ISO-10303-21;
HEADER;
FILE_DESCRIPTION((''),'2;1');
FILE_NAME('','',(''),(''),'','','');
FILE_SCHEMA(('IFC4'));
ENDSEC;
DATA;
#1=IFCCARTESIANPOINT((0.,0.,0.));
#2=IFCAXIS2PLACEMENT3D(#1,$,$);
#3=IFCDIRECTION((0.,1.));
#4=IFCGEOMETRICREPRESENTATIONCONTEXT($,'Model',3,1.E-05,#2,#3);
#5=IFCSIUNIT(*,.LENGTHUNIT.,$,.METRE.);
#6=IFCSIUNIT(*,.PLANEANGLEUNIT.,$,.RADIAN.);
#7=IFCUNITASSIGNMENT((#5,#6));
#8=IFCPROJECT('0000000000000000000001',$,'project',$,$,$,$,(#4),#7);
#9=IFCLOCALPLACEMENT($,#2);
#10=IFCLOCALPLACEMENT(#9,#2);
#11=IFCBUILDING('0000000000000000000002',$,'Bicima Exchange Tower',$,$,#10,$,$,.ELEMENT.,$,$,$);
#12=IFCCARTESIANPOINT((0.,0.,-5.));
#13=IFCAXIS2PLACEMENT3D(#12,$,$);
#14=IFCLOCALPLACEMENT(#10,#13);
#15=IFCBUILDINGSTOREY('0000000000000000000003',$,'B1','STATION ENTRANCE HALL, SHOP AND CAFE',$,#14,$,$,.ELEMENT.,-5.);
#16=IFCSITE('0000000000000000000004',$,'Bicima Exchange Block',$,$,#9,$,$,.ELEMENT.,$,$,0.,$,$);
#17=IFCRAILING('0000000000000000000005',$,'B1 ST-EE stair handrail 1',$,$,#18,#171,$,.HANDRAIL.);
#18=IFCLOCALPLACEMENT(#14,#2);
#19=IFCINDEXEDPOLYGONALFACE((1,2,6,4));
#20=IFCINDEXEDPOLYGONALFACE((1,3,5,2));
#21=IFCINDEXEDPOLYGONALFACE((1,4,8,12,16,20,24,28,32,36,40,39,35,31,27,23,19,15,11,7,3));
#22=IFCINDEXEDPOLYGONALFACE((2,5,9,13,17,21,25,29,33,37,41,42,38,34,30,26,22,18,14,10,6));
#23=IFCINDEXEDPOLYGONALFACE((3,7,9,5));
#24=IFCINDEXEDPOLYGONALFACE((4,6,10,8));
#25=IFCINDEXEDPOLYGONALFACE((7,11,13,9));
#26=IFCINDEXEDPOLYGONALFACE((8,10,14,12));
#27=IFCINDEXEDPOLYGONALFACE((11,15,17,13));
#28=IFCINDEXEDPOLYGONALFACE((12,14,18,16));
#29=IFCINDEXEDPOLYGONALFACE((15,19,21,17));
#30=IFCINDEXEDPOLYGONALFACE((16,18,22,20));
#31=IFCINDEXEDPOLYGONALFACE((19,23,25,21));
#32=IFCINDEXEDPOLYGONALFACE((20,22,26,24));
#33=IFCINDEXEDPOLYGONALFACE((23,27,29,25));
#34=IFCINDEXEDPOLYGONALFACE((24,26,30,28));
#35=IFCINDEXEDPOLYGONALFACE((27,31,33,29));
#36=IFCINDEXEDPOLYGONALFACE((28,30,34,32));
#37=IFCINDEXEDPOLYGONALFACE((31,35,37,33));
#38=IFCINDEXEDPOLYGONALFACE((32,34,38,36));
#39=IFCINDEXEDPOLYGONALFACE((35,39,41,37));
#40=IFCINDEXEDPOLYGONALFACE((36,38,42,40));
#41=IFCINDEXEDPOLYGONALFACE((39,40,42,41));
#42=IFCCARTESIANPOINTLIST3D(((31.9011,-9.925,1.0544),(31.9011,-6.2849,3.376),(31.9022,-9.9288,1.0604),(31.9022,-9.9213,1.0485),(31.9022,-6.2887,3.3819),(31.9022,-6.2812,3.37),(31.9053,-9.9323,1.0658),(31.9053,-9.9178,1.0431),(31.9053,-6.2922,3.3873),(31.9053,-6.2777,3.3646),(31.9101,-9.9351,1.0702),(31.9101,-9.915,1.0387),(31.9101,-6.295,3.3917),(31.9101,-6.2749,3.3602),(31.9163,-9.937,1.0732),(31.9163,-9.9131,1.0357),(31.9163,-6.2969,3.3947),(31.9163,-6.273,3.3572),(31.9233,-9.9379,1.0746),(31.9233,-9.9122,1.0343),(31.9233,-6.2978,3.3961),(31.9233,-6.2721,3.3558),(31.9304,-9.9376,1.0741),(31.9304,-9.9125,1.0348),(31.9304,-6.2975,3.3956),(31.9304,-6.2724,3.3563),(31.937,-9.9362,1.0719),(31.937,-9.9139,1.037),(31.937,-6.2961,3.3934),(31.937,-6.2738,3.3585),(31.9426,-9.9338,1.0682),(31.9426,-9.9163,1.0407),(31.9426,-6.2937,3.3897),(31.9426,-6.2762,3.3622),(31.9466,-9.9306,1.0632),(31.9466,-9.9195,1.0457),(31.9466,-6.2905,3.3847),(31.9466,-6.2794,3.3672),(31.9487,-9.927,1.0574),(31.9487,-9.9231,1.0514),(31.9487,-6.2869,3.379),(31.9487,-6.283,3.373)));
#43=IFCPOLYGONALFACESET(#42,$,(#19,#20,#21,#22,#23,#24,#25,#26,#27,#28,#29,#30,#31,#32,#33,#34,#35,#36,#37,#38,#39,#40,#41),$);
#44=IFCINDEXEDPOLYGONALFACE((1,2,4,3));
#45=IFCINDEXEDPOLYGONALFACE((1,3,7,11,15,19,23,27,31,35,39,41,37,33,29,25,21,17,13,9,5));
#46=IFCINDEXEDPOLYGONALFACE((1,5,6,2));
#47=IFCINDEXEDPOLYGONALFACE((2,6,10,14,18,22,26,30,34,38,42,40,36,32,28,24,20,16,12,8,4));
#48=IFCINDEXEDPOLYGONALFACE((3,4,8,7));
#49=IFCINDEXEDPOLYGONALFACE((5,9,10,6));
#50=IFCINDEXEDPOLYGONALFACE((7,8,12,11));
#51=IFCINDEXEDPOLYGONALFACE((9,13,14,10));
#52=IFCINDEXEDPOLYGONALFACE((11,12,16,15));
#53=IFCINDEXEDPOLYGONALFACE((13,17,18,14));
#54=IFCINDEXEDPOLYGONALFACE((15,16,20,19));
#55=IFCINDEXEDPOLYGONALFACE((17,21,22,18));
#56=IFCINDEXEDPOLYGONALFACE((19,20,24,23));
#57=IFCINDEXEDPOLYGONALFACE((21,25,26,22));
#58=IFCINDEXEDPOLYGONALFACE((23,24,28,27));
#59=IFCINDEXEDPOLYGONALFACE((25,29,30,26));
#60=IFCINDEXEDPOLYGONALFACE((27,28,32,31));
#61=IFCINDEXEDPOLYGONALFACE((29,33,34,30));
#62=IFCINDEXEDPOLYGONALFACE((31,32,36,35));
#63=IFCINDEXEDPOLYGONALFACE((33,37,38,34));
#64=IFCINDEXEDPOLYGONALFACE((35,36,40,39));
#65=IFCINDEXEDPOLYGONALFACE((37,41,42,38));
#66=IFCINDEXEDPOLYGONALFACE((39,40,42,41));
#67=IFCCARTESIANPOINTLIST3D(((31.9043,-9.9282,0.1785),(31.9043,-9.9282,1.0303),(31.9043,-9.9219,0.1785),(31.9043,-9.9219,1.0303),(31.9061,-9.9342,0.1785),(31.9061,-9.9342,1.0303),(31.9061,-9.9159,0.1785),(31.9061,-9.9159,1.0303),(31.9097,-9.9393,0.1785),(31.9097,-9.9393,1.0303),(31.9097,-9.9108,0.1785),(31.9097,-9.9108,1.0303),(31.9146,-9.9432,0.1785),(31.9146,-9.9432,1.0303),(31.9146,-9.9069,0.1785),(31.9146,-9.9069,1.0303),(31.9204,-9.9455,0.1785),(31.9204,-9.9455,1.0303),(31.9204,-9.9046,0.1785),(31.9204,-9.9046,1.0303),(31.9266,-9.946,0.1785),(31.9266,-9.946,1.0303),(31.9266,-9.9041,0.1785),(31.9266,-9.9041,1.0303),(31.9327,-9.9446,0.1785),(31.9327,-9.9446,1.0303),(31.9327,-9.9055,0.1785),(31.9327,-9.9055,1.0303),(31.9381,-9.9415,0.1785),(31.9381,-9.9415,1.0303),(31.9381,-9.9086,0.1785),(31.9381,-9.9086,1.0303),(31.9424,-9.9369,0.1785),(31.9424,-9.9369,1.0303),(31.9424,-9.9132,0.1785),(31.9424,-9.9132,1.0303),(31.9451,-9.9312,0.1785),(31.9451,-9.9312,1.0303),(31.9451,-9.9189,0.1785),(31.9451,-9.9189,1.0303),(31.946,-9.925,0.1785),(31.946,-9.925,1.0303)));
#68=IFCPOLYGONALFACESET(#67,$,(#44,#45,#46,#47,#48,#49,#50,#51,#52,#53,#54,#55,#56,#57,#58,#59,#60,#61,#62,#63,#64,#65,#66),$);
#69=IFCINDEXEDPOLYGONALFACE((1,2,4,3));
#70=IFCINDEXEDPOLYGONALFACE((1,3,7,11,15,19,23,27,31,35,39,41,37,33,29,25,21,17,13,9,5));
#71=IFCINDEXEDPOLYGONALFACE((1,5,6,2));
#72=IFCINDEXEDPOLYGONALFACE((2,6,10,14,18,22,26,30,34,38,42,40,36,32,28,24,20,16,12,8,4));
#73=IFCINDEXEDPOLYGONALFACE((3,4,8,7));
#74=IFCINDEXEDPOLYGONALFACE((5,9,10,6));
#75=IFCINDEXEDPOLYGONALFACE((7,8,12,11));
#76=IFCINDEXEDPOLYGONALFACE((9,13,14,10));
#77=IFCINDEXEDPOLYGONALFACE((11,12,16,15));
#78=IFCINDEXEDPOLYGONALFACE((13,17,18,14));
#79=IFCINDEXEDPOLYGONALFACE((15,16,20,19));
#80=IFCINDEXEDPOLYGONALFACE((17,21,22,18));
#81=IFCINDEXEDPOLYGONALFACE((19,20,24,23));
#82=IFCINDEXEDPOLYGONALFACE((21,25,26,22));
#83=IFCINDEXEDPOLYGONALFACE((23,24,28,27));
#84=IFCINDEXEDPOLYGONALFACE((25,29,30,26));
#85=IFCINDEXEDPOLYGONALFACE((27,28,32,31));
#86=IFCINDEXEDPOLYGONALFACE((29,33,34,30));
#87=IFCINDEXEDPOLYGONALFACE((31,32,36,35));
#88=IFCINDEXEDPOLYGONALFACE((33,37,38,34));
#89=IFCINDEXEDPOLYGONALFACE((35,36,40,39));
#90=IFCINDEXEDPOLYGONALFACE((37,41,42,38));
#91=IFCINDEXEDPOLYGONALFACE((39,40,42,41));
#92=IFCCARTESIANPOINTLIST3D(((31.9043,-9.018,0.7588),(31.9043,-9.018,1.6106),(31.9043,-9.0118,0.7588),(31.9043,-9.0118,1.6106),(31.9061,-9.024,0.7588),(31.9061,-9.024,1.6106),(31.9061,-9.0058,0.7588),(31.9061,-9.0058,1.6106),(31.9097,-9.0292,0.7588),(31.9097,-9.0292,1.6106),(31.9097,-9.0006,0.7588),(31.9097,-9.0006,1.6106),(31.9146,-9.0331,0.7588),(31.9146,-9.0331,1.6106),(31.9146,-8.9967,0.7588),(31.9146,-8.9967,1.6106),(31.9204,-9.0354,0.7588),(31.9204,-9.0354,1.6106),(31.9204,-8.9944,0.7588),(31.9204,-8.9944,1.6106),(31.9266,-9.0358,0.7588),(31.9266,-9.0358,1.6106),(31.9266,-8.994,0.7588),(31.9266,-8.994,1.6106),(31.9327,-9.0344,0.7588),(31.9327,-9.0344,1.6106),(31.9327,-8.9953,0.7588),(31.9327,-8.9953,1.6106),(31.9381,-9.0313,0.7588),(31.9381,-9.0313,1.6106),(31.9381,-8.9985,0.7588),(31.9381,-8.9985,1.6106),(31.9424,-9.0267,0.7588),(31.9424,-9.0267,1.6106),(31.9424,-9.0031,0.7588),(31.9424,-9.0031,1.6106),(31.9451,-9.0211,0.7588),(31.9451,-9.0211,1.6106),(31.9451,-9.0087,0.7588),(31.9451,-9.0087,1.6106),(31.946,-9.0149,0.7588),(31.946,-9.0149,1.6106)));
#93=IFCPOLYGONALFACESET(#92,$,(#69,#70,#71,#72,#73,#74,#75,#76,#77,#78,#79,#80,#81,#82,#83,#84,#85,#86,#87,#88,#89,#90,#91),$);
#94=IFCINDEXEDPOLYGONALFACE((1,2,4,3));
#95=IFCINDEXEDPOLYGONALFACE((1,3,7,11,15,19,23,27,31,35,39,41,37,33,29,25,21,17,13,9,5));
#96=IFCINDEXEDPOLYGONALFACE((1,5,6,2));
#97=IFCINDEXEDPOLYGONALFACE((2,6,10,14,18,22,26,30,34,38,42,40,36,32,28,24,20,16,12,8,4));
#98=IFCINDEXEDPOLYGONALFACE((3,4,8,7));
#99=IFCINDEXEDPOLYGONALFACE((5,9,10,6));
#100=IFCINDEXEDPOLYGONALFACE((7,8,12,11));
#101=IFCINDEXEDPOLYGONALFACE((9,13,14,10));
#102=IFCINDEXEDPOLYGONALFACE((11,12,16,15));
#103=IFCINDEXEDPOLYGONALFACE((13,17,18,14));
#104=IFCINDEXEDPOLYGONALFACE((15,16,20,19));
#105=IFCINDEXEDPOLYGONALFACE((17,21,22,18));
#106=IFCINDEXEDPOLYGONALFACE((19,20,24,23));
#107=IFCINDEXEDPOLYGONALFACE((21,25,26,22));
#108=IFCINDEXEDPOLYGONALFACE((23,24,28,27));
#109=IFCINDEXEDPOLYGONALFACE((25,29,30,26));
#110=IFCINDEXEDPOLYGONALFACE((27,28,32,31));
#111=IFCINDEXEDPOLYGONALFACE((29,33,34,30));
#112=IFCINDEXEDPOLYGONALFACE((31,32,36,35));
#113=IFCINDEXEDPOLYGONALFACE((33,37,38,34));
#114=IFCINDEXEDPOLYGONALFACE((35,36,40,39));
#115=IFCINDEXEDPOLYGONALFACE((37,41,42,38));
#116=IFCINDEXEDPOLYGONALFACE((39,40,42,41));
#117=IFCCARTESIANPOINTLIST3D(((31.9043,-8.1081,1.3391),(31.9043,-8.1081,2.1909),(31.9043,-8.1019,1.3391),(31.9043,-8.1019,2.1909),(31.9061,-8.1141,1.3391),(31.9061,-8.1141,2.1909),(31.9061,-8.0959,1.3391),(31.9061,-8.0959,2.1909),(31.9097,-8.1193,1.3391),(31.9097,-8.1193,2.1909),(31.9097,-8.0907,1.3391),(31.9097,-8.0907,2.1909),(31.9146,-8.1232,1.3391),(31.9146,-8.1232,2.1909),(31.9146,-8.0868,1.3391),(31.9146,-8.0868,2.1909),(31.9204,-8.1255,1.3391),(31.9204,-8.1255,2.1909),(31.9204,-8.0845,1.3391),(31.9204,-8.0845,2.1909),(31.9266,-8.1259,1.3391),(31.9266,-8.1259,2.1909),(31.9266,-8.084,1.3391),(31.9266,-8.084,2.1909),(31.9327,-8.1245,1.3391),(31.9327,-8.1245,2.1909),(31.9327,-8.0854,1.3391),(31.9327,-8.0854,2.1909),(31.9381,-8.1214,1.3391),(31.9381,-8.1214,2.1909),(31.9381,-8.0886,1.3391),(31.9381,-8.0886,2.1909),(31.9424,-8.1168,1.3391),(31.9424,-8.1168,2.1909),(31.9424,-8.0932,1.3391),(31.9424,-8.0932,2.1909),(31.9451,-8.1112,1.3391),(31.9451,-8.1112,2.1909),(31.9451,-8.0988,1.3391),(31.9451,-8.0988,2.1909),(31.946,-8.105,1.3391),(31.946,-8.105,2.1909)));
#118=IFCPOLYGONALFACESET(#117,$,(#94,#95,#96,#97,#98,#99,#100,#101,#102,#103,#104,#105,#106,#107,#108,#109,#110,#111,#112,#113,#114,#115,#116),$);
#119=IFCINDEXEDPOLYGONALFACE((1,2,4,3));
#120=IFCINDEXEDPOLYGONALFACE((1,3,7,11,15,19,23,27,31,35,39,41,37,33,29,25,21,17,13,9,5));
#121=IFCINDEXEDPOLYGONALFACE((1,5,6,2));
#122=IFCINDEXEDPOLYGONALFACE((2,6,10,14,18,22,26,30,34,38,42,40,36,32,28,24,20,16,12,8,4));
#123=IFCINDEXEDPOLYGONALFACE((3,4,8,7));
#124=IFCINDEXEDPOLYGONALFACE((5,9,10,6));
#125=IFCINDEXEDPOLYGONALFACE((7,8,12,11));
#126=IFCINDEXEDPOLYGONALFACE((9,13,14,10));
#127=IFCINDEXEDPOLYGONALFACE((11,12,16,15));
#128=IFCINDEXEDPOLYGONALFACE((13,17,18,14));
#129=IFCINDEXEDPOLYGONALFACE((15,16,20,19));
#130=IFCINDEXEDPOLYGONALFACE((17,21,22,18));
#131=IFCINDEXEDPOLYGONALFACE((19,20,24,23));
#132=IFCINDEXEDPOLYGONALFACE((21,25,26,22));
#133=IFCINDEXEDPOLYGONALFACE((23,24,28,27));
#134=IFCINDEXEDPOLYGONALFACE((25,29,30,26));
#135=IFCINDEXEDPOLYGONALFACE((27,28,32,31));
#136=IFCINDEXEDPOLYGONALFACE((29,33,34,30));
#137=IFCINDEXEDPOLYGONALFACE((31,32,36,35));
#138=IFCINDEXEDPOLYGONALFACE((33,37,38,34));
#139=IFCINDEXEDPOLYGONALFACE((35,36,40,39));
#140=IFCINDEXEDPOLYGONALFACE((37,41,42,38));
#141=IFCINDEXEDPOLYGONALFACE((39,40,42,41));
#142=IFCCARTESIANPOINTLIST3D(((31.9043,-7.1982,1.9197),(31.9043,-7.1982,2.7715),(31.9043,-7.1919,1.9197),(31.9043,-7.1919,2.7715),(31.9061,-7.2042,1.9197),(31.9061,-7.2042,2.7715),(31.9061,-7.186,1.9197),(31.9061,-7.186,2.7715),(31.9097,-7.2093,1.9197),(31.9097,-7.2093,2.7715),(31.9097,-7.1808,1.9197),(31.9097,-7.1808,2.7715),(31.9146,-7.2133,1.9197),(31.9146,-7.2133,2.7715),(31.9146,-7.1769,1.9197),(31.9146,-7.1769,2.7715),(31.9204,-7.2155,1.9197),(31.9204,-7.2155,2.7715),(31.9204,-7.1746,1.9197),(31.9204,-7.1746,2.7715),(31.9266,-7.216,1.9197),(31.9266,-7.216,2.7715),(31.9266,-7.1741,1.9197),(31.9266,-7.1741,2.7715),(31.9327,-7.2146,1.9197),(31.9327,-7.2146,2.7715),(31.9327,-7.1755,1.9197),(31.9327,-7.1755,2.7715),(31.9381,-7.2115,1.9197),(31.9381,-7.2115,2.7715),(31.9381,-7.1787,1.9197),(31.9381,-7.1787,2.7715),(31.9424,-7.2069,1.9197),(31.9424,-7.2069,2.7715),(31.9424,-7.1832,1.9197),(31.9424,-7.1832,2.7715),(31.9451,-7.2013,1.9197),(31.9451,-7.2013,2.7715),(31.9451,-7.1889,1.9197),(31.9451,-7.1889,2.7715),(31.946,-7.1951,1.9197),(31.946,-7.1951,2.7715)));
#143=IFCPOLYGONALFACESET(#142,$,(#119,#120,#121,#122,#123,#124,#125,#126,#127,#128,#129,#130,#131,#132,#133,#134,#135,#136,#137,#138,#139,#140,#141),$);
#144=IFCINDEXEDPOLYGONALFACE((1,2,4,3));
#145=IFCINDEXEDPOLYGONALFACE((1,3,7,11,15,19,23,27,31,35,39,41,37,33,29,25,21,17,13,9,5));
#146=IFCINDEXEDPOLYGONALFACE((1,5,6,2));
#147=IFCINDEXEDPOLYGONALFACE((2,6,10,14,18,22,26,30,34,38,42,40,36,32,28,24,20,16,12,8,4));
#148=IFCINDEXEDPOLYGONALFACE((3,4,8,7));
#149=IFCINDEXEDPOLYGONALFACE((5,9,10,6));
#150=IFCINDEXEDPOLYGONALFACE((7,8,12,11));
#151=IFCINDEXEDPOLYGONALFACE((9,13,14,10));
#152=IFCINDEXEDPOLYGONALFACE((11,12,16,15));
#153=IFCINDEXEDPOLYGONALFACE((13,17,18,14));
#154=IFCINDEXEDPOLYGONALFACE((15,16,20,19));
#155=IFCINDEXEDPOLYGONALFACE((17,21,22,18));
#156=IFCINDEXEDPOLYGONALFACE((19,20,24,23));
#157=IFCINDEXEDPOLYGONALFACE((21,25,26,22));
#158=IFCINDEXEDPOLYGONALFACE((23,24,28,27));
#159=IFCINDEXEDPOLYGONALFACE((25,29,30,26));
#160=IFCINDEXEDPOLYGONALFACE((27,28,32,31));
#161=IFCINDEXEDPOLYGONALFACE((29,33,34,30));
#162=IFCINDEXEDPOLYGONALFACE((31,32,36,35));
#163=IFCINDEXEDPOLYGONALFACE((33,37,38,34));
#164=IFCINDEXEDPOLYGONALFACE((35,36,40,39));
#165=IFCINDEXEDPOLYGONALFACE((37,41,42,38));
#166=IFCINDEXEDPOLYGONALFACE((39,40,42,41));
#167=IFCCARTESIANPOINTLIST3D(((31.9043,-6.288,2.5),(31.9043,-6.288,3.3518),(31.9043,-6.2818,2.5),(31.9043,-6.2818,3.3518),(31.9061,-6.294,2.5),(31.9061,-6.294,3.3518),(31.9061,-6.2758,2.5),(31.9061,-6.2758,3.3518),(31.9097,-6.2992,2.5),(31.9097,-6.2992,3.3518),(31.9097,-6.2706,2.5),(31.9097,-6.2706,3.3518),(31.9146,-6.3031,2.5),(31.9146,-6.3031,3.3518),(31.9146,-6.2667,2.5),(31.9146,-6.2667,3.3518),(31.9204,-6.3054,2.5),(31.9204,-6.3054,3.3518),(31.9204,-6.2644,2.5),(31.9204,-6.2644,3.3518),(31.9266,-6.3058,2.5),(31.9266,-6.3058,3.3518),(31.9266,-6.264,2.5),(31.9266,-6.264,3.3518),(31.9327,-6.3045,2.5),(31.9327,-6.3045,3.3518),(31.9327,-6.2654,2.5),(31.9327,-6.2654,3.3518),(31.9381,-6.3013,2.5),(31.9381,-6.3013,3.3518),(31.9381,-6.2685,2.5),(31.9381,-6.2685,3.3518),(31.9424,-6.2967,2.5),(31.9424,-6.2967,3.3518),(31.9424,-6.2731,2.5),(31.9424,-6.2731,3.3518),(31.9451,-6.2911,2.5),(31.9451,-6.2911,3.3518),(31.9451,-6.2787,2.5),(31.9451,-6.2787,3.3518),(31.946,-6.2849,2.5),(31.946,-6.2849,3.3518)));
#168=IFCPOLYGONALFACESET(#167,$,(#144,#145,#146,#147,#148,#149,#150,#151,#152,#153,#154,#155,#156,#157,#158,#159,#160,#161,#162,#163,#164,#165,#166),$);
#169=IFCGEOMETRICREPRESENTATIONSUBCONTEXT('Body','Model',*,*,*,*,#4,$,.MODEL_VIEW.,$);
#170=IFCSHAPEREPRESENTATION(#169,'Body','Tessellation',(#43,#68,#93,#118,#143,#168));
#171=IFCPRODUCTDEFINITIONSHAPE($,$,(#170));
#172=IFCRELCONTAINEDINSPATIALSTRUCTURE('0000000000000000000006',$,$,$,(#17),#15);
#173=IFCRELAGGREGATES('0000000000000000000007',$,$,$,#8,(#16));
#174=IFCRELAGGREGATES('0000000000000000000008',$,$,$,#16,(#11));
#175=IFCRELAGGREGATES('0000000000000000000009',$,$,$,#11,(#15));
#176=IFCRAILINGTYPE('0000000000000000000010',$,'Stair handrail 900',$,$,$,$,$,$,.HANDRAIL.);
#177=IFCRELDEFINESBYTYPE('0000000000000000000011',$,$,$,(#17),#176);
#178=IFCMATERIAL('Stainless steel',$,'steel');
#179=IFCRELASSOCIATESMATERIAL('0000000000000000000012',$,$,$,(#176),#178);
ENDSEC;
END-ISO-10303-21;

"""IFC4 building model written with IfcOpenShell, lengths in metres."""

from ifc_helpers import new_model, si_unit, direction, frame, origin, origin_2d, place, context, subcontext, project, spatial, circle, extrude, material, type_object, element, save


model = new_model("IFC4")

# Units and contexts
model_context = context("Model", 3, precision=1e-05, world=origin(), true_north=direction((0.0, 1.0)))
body_context = subcontext(model_context, "Body", "Model", "MODEL_VIEW")
ifc_project = project(units=[si_unit("LENGTHUNIT", "METRE"), si_unit("PLANEANGLEUNIT", "RADIAN")], contexts=[model_context])

# Site, building, storey
site_placement = place(None, origin())
site = spatial("IfcSite", under=ifc_project, at=site_placement, Name="Bicima Exchange Block", CompositionType="ELEMENT", RefElevation=0.0)
building_placement = place(site_placement, origin())
building = spatial("IfcBuilding", under=site, at=building_placement, Name="Bicima Exchange Tower", CompositionType="ELEMENT")
storey_placement = place(building_placement, frame((0.0, 0.0, -5.0)))
storey = spatial("IfcBuildingStorey", under=building, at=storey_placement, Name="B1", Description="STATION ENTRANCE HALL, SHOP AND CAFE", CompositionType="ELEMENT", Elevation=-5.0)

# Railing
ifc_material_1 = material(Name="Stainless steel", Category="steel")
railing_type = type_object("IfcRailingType", Name="Stair handrail 900", PredefinedType="HANDRAIL", material=ifc_material_1)
for number, where, name in (
    (1, (31.925, -9.925, 0.1785), "B1 ST-EE stair handrail 1"),
):
    element("IfcRailing", number, at=place(storey_placement, frame(where)), inside=storey, type_object=railing_type, Name=name, PredefinedType="HANDRAIL", context=body_context, shape_type="SweptSolid", body=[
        extrude(circle(Radius=0.0239, at=origin_2d()), frame((0.0, 0.0, 0.876), z_axis=(0.0, 0.843128, 0.537713), x_axis=(-1.0, 0.0, 0.0)), (0.0, 0.0, 1.0), 4.3174),
        extrude(circle(Radius=0.021, at=origin_2d()), origin(), (0.0, 0.0, 1.0), 0.8518),
        extrude(circle(Radius=0.021, at=origin_2d()), frame((0.0, 0.9102, 0.5803)), (0.0, 0.0, 1.0), 0.8518),
        extrude(circle(Radius=0.021, at=origin_2d()), frame((0.0, 1.8201, 1.1606)), (0.0, 0.0, 1.0), 0.8518),
        extrude(circle(Radius=0.021, at=origin_2d()), frame((0.0, 2.73, 1.7412)), (0.0, 0.0, 1.0), 0.8518),
        extrude(circle(Radius=0.021, at=origin_2d()), frame((0.0, 3.6401, 2.3215)), (0.0, 0.0, 1.0), 0.8518),
    ])

save(model, "model.ifc")
